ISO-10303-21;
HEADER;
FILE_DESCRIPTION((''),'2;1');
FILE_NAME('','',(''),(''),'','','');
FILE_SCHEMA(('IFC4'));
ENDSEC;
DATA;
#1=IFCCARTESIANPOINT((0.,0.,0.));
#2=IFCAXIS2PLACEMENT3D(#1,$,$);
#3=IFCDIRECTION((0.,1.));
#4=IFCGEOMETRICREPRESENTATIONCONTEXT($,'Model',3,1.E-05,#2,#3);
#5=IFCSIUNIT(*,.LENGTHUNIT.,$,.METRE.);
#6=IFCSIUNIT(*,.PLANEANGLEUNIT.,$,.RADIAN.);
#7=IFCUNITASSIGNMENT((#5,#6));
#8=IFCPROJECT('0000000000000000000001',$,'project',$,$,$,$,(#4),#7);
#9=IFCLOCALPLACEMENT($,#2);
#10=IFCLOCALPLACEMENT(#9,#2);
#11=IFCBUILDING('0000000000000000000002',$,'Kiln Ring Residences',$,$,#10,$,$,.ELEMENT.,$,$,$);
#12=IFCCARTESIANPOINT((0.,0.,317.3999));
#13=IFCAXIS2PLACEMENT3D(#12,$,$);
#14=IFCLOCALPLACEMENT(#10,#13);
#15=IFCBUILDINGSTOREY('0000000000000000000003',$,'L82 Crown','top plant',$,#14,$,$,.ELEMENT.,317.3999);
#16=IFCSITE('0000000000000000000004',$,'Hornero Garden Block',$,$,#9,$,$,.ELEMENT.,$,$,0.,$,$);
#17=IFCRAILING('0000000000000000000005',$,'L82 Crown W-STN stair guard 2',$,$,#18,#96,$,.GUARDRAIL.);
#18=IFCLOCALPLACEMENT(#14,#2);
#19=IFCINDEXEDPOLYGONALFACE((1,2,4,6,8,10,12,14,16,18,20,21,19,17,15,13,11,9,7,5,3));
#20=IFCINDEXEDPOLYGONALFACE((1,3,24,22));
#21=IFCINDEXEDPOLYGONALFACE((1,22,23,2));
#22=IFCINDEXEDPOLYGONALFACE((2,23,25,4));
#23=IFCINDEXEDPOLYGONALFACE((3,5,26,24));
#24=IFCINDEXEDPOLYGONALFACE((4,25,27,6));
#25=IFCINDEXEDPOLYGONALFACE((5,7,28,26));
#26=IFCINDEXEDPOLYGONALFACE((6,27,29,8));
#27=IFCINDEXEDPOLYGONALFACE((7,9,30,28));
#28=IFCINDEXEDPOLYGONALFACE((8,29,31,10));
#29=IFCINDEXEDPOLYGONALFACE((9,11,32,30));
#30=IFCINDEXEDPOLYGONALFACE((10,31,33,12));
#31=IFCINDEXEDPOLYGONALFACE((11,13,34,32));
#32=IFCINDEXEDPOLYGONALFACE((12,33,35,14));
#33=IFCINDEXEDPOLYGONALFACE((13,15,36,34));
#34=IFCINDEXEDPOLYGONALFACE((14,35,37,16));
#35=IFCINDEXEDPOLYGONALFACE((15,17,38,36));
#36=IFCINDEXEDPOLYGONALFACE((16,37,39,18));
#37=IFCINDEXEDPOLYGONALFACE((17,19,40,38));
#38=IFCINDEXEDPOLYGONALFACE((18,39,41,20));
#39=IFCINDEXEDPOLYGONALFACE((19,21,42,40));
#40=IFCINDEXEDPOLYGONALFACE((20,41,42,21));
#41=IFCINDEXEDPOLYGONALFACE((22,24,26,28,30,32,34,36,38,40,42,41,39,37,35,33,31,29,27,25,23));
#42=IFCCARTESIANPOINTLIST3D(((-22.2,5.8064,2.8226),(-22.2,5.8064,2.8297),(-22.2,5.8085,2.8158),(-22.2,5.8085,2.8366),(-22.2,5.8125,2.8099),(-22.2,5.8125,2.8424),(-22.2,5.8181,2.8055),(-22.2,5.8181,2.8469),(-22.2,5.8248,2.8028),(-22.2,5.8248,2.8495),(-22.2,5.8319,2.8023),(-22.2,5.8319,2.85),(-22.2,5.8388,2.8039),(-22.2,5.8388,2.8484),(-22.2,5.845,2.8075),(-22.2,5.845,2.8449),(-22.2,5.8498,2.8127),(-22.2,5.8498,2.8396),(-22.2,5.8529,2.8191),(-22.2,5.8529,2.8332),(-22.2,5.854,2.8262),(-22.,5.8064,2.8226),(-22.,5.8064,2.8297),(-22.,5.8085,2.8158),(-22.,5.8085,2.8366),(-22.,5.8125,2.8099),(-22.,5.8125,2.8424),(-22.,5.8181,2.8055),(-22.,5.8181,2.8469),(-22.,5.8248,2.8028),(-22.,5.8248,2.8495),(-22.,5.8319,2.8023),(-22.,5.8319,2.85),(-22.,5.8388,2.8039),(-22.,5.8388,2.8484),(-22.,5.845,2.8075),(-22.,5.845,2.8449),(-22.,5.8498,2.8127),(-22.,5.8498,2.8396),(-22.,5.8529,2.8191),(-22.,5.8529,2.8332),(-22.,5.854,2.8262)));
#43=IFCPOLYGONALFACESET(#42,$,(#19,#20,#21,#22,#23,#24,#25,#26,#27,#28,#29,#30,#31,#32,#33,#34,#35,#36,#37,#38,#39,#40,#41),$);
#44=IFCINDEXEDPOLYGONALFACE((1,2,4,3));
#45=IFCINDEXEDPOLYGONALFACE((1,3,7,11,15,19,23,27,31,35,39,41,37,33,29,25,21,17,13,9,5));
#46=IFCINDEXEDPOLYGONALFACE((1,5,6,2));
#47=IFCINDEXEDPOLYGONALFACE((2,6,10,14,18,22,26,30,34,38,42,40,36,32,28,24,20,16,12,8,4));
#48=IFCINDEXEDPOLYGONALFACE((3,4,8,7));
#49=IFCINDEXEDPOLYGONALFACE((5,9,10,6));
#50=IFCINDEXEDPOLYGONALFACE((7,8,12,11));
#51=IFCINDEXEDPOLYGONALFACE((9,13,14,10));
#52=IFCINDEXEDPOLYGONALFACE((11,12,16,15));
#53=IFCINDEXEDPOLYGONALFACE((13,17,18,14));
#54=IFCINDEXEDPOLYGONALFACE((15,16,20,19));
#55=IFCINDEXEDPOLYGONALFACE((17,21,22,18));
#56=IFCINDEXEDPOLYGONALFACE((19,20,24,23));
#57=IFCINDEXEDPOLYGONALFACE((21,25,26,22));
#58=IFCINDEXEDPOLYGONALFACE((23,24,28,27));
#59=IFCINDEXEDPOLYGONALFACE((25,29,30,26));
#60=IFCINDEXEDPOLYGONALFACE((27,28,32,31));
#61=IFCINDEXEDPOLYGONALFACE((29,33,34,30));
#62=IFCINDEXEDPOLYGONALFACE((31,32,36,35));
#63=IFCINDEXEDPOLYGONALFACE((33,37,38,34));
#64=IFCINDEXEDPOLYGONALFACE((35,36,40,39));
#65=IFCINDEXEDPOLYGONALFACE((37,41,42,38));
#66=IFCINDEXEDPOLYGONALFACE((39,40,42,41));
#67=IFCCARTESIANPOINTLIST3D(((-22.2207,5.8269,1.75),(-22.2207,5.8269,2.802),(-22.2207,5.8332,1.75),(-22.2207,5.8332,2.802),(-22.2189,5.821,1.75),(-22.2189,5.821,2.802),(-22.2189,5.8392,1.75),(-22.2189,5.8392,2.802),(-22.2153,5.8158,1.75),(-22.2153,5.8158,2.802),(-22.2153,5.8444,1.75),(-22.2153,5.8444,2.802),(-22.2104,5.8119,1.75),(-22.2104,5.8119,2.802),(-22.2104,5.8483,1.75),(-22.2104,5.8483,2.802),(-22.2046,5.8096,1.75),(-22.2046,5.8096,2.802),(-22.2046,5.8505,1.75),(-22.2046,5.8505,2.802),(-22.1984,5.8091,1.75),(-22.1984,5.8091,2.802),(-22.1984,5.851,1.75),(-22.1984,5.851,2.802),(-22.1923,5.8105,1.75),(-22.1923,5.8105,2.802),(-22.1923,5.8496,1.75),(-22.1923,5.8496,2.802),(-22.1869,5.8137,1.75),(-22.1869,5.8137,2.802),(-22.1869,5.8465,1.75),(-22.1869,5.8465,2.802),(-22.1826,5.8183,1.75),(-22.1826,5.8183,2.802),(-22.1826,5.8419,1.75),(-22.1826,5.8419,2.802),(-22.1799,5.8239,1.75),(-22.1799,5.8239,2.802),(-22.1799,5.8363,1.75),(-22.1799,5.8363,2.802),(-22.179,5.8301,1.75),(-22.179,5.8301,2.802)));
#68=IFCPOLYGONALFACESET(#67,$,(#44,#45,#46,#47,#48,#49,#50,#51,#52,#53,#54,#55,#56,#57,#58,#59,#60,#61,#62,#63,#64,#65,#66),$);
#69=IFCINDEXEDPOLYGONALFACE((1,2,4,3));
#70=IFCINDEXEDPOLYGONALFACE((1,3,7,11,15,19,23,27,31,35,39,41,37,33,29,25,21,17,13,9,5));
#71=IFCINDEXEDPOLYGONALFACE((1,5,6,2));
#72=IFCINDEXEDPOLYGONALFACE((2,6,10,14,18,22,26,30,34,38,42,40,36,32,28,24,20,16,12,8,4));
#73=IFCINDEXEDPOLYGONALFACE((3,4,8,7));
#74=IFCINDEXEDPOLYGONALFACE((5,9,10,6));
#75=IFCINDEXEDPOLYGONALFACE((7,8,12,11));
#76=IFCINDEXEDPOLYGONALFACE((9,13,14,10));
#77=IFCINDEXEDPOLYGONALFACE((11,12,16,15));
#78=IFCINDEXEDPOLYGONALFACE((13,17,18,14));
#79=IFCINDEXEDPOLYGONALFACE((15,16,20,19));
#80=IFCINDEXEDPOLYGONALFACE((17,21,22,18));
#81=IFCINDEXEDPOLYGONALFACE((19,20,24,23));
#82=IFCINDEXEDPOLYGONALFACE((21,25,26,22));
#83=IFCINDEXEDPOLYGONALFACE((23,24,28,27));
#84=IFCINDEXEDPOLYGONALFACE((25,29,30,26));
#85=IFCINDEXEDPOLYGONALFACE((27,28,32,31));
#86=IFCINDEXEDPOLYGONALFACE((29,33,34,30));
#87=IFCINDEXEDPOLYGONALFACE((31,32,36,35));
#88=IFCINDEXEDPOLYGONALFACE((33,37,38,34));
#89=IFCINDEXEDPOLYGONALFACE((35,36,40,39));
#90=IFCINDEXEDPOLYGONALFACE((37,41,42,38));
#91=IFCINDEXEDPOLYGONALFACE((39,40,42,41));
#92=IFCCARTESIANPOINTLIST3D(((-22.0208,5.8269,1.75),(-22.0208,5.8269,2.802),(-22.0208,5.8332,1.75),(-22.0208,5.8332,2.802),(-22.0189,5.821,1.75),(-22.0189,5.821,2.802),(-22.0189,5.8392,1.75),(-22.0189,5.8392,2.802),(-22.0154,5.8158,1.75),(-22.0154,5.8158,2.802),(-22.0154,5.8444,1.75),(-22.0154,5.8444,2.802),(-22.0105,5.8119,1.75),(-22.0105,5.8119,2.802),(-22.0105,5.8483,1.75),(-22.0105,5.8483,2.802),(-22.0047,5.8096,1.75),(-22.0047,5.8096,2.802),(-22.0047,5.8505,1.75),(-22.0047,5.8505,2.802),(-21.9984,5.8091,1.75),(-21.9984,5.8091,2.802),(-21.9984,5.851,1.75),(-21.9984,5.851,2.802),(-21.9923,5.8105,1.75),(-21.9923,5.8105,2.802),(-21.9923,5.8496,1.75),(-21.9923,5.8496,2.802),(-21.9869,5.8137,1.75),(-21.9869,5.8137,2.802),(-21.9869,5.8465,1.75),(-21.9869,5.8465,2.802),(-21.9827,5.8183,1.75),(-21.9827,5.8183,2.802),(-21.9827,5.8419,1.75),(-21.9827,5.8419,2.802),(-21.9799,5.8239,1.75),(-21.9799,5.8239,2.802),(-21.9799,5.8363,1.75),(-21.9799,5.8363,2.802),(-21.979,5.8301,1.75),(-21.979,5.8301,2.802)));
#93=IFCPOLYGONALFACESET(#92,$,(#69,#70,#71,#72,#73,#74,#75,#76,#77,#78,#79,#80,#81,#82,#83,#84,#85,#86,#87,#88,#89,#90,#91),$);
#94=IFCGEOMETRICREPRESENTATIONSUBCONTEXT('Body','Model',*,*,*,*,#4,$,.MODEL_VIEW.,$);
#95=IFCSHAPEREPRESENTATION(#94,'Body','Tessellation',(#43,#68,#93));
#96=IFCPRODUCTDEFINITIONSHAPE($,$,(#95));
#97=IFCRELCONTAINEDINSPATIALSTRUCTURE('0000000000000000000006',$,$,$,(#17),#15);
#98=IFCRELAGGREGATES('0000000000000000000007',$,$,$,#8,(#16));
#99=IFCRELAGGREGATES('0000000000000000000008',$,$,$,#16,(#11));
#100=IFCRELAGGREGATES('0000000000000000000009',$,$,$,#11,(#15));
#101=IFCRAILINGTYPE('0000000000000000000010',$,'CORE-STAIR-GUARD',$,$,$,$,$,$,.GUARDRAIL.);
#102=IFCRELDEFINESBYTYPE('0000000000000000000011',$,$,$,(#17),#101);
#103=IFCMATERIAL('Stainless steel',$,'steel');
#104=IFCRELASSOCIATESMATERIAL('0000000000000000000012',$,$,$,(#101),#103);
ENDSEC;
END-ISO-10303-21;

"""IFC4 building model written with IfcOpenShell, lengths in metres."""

from ifc_helpers import new_model, si_unit, direction, frame, origin, origin_2d, place, context, subcontext, project, spatial, circle, extrude, material, type_object, element, save


model = new_model("IFC4")

# Units and contexts
model_context = context("Model", 3, precision=1e-05, world=origin(), true_north=direction((0.0, 1.0)))
body_context = subcontext(model_context, "Body", "Model", "MODEL_VIEW")
ifc_project = project(units=[si_unit("LENGTHUNIT", "METRE"), si_unit("PLANEANGLEUNIT", "RADIAN")], contexts=[model_context])

# Site, building, storey
site_placement = place(None, origin())
site = spatial("IfcSite", under=ifc_project, at=site_placement, Name="Hornero Garden Block", CompositionType="ELEMENT", RefElevation=0.0)
building_placement = place(site_placement, origin())
building = spatial("IfcBuilding", under=site, at=building_placement, Name="Kiln Ring Residences", CompositionType="ELEMENT")
storey_placement = place(building_placement, frame((0.0, 0.0, 317.3999)))
storey = spatial("IfcBuildingStorey", under=building, at=storey_placement, Name="L82 Crown", Description="top plant", CompositionType="ELEMENT", Elevation=317.3999)

# Railing
ifc_material_1 = material(Name="Stainless steel", Category="steel")
railing_type_1 = type_object("IfcRailingType", Name="CORE-STAIR-GUARD", PredefinedType="GUARDRAIL", material=ifc_material_1)
railing_1_placement = place(storey_placement, frame((-22.2, 5.8301, 1.75)))
element("IfcRailing", 1, at=railing_1_placement, inside=storey, type_object=railing_type_1, Name="L82 Crown W-STN stair guard 2", PredefinedType="GUARDRAIL", context=body_context, shape_type="SweptSolid", body=[
    extrude(circle(Radius=0.0239, at=origin_2d()), frame((0.0, 0.0, 1.0762), z_axis=(1.0, 0.0, 0.0), x_axis=(0.0, 1.0, 0.0)), (0.0, 0.0, 1.0), 0.2),
    extrude(circle(Radius=0.021, at=origin_2d()), origin(), (0.0, 0.0, 1.0), 1.052),
    extrude(circle(Radius=0.021, at=origin_2d()), frame((0.2, 0.0, 0.0)), (0.0, 0.0, 1.0), 1.052),
])

save(model, "model.ifc")
